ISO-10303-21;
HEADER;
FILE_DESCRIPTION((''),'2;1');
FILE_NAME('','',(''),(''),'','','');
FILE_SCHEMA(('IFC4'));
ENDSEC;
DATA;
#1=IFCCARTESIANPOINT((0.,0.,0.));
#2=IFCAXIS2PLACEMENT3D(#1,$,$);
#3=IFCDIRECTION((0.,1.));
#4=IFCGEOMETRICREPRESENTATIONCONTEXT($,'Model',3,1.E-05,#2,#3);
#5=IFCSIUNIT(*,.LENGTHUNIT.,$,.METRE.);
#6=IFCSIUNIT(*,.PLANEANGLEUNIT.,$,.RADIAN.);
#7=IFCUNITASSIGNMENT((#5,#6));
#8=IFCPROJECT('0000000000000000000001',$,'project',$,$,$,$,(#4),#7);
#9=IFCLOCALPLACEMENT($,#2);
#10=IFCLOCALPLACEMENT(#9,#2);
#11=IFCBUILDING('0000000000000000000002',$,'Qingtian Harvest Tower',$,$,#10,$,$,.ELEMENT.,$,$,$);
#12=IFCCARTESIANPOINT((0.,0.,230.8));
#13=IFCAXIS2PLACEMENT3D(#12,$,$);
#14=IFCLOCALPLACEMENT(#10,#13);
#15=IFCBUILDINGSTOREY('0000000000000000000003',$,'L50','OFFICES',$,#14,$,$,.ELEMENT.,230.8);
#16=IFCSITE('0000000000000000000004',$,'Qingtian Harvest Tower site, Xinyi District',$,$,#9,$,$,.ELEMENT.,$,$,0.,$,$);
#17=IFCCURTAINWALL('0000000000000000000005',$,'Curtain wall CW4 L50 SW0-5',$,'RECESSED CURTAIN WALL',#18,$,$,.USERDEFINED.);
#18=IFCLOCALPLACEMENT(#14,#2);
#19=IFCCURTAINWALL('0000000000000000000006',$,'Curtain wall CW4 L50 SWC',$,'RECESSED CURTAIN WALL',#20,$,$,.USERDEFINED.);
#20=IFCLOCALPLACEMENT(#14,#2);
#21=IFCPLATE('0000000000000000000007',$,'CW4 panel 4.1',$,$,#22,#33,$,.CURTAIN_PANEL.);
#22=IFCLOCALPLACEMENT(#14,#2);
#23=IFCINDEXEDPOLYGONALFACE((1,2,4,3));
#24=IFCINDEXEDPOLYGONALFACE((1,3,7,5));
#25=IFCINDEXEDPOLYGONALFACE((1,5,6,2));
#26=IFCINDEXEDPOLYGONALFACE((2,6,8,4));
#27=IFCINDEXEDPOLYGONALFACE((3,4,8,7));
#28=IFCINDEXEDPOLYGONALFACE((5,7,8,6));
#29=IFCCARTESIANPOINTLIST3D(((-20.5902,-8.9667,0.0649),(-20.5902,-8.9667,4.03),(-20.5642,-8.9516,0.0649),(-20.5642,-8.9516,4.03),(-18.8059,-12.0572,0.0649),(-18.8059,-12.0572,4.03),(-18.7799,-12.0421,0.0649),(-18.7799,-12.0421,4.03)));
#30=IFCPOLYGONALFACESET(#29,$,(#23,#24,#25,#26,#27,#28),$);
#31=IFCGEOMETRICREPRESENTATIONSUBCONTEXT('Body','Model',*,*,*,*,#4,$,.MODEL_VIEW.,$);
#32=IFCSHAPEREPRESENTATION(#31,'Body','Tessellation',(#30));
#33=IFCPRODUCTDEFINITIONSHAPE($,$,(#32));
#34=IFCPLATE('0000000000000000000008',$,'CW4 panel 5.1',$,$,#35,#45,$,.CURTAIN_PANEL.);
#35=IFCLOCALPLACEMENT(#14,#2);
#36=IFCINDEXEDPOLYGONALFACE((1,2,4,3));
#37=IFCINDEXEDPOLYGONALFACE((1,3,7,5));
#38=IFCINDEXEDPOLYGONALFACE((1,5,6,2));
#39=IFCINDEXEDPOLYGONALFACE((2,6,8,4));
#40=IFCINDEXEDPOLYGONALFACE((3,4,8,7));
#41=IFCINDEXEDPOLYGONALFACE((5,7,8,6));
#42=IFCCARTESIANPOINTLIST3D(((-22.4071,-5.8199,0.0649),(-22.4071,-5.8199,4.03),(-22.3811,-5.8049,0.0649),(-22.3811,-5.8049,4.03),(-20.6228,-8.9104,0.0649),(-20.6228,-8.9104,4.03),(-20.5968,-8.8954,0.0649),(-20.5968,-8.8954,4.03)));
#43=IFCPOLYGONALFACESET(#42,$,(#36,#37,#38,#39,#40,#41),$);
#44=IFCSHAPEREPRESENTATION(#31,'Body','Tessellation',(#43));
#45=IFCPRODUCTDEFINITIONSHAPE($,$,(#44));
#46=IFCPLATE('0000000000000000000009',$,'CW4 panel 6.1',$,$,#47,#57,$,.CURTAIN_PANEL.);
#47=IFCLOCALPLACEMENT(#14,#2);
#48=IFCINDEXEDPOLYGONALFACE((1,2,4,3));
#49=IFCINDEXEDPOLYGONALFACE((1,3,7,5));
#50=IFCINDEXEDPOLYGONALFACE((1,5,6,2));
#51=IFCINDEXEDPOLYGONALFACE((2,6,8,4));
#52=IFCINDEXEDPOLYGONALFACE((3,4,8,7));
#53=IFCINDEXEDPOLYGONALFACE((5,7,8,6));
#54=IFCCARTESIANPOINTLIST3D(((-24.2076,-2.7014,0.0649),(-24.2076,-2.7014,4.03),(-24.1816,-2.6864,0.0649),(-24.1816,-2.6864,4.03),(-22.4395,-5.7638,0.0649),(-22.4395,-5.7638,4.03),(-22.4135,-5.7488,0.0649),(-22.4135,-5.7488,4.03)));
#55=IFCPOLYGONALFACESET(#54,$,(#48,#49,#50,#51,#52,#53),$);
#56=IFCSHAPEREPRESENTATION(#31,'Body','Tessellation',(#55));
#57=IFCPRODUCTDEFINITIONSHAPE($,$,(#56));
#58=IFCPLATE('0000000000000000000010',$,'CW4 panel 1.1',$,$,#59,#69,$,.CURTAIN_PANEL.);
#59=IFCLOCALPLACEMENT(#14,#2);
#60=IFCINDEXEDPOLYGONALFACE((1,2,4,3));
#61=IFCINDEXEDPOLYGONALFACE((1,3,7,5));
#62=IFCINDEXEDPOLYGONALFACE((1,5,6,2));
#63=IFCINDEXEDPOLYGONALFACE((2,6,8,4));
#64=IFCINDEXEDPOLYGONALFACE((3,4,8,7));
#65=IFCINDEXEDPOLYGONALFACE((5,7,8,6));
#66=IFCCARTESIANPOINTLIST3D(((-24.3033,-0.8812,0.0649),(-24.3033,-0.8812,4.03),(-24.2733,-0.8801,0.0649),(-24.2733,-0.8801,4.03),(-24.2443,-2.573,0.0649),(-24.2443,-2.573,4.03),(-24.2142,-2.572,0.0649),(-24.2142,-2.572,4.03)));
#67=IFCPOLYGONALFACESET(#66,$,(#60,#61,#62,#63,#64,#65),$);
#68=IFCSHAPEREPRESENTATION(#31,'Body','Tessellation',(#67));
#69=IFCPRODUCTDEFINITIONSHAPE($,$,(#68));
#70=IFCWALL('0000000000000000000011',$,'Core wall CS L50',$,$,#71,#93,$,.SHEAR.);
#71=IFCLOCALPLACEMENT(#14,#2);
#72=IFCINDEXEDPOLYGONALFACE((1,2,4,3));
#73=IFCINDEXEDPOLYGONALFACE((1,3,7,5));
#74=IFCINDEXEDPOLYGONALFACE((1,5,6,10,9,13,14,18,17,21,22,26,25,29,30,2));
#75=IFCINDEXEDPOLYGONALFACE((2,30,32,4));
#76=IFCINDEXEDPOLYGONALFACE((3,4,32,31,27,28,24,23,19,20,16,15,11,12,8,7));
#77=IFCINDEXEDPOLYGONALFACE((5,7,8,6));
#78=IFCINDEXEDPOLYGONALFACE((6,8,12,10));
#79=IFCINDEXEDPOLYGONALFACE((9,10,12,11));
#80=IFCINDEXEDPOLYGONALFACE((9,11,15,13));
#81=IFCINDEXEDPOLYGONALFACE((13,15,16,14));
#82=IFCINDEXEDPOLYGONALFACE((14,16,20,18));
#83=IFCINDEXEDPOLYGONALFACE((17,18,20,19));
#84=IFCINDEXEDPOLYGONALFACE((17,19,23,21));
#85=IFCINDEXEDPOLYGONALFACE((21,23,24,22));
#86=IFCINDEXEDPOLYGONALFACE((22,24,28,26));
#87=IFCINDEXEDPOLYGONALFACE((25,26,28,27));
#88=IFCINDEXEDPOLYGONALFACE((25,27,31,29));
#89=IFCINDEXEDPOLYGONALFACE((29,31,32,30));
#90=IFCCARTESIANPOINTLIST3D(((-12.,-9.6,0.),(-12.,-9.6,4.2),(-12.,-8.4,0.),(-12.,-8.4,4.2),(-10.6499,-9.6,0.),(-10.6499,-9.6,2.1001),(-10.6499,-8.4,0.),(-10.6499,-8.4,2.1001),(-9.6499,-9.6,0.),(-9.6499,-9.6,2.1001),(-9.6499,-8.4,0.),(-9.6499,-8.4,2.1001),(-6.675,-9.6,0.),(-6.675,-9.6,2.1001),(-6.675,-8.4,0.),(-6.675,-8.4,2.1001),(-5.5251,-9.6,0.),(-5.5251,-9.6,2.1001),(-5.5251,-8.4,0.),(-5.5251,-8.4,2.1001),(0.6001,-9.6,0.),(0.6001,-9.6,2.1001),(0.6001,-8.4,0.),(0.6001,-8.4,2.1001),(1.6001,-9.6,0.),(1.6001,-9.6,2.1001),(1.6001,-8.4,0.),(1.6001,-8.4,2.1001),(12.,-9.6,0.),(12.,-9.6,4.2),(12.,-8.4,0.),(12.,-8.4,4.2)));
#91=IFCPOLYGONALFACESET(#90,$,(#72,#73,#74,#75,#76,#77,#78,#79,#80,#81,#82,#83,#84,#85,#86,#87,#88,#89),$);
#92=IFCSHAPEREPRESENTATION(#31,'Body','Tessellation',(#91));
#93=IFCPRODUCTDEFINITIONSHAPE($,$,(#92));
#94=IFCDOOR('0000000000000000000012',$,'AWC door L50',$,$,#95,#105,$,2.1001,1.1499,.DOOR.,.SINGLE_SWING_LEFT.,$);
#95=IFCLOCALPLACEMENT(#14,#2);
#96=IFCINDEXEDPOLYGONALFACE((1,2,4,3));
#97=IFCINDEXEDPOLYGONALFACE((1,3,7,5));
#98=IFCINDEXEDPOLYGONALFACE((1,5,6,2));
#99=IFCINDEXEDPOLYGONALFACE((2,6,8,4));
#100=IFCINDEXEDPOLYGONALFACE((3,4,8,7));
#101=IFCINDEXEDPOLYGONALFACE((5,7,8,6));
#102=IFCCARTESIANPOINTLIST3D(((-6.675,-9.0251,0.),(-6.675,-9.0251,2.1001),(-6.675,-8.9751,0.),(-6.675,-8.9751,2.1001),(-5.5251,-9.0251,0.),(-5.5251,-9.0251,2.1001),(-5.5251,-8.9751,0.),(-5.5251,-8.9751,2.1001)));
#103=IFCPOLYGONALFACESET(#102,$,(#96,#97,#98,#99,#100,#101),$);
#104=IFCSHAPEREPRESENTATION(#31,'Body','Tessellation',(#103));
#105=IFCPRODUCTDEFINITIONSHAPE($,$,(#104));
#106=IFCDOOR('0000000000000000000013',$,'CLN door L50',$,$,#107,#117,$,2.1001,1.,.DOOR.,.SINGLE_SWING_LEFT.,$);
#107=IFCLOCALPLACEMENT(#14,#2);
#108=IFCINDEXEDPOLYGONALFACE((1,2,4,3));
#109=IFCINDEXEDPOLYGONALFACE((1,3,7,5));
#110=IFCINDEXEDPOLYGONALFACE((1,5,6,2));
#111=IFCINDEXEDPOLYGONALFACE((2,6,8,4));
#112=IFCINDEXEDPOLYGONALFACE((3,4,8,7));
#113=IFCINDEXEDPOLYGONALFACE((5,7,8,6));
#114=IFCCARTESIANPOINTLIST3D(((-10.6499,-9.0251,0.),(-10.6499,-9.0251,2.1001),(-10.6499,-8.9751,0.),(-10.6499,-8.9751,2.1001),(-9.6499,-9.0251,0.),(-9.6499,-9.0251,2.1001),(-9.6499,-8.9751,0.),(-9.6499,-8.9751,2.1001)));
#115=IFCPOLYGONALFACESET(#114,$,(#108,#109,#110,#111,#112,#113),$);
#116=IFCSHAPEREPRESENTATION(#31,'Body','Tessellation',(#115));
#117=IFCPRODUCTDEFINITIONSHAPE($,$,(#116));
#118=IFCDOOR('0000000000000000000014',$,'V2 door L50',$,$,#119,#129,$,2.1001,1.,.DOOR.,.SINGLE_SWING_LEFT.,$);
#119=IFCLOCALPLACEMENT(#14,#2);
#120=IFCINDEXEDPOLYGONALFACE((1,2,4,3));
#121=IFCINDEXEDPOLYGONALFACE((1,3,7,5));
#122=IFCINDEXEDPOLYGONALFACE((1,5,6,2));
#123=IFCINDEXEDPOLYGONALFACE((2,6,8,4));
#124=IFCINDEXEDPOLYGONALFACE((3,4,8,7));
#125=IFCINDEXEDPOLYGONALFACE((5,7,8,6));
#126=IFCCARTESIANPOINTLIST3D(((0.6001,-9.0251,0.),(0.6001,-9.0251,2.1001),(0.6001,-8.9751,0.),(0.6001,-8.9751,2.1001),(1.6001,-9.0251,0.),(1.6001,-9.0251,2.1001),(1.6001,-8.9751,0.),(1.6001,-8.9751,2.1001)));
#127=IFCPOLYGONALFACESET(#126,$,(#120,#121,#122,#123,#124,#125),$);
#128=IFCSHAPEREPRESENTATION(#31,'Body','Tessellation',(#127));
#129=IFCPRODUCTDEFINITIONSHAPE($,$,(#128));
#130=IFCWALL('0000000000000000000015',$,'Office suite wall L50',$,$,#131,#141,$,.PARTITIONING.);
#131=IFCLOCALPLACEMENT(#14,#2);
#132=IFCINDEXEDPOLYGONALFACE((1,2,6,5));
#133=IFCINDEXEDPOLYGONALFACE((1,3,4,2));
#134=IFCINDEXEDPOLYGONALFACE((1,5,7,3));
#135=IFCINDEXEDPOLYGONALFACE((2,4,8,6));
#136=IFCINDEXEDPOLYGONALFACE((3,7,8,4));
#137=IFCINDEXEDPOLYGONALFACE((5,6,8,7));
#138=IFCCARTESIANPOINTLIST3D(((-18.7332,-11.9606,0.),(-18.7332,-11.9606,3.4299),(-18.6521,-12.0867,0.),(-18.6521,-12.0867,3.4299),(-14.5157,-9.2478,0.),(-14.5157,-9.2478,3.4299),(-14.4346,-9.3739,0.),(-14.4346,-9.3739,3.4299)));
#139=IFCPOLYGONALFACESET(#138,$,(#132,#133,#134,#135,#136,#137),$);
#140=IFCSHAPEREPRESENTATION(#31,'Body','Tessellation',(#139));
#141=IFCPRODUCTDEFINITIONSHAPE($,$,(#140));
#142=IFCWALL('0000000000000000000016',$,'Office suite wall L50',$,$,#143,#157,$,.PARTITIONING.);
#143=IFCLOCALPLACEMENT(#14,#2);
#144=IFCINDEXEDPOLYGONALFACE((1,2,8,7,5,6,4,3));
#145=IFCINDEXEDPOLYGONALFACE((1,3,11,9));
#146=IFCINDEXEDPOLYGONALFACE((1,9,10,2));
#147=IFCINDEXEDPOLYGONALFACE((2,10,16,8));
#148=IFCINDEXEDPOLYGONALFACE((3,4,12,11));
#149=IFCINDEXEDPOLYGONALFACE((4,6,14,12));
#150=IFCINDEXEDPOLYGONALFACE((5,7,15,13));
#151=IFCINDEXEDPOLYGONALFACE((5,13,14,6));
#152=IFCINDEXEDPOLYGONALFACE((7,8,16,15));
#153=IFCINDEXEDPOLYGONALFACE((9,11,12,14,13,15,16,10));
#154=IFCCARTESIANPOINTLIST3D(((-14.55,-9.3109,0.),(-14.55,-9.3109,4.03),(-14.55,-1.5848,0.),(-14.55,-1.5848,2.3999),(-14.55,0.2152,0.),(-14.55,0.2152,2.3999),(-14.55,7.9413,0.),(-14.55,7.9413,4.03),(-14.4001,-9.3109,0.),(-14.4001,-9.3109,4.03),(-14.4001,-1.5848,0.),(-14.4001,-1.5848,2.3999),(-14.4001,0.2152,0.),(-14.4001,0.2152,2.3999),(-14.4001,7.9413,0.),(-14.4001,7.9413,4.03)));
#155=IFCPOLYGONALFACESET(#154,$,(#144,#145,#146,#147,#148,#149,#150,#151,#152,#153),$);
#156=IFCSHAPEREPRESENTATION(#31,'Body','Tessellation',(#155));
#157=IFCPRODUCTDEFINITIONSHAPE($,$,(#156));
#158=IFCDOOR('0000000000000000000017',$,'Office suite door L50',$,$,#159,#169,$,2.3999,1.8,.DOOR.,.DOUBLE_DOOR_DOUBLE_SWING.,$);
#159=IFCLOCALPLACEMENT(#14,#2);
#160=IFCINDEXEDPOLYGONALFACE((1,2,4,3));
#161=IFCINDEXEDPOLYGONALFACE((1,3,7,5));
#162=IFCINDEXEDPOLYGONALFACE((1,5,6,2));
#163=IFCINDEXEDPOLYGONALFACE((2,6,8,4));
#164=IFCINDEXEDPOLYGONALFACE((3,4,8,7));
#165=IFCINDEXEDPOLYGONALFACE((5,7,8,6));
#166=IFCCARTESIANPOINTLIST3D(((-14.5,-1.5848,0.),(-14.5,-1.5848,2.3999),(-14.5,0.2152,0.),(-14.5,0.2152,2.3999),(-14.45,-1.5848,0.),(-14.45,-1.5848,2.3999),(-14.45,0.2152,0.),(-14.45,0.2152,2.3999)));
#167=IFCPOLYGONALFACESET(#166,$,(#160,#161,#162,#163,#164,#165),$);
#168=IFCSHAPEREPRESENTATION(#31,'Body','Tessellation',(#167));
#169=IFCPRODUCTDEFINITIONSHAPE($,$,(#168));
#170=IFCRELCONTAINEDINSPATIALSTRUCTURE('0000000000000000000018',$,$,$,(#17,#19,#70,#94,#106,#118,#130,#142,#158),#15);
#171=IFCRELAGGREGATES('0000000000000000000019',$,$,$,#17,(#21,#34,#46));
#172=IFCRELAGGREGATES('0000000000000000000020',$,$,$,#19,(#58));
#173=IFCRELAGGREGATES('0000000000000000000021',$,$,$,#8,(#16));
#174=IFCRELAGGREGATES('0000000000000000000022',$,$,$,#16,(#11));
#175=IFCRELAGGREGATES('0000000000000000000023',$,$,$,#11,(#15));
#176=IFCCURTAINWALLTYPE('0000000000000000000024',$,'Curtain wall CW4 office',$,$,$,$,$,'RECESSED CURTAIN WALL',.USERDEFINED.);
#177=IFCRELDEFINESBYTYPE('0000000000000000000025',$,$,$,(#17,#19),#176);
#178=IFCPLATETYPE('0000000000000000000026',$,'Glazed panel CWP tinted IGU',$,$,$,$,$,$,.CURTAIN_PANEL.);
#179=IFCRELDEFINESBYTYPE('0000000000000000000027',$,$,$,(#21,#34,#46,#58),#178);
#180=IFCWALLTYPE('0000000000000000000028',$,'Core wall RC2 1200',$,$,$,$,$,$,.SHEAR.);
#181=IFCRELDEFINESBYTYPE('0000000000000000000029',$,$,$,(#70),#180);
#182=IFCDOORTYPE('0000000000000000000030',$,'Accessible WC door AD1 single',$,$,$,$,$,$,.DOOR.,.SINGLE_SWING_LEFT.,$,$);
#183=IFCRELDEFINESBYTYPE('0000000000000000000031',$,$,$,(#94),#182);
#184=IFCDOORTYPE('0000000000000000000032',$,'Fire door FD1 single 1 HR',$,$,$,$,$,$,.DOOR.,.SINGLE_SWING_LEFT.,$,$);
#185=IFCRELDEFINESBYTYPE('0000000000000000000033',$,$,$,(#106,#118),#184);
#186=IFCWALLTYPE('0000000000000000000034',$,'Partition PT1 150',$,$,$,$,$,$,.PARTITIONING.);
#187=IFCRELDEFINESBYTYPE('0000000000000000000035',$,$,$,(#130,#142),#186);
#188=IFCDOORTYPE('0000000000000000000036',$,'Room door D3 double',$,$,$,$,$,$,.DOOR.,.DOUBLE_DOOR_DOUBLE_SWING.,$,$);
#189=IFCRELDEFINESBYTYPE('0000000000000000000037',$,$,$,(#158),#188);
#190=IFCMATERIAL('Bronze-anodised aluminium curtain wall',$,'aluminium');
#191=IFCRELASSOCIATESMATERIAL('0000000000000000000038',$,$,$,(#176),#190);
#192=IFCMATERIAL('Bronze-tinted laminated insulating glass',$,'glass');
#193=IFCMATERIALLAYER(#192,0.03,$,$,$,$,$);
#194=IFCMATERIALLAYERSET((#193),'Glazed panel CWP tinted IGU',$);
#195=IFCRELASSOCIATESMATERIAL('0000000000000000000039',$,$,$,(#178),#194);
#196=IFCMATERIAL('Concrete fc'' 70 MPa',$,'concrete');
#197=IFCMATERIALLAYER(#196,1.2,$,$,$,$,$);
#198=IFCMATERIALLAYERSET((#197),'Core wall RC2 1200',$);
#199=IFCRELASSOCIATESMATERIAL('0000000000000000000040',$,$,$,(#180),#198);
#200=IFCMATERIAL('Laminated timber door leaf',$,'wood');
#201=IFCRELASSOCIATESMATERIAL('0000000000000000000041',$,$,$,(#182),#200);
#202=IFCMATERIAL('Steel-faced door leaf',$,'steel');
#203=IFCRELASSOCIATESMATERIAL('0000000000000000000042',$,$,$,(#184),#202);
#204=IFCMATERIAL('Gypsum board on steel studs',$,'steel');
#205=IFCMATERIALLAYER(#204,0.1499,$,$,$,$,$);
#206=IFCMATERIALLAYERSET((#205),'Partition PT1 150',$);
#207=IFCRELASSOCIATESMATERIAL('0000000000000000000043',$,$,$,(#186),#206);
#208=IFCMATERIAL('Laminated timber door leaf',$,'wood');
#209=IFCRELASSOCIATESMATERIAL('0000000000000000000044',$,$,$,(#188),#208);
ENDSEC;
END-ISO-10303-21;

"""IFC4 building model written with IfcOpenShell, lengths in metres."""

from ifc_helpers import new_model, si_unit, direction, frame, frame_2d, origin, origin_2d, place, context, subcontext, project, spatial, rectangle, extrude, material, layer, layer_set, type_object, element, fill, aggregate, save


model = new_model("IFC4")

# Units and contexts
model_context = context("Model", 3, precision=1e-05, world=origin(), true_north=direction((0.0, 1.0)))
body_context = subcontext(model_context, "Body", "Model", "MODEL_VIEW")
ifc_project = project(units=[si_unit("LENGTHUNIT", "METRE"), si_unit("PLANEANGLEUNIT", "RADIAN")], contexts=[model_context])

# Site, building, storey
site_placement = place(None, origin())
site = spatial("IfcSite", under=ifc_project, at=site_placement, Name="Qingtian Harvest Tower site, Xinyi District", CompositionType="ELEMENT", RefElevation=0.0)
building_placement = place(site_placement, origin())
building = spatial("IfcBuilding", under=site, at=building_placement, Name="Qingtian Harvest Tower", CompositionType="ELEMENT")
storey_placement = place(building_placement, frame((0.0, 0.0, 230.8)))
storey = spatial("IfcBuildingStorey", under=building, at=storey_placement, Name="L50", Description="OFFICES", CompositionType="ELEMENT", Elevation=230.8)

# Curtain walls
ifc_material_1 = material(Name="Bronze-anodised aluminium curtain wall", Category="aluminium")
curtain_wall_type = type_object("IfcCurtainWallType", Name="Curtain wall CW4 office", ElementType="RECESSED CURTAIN WALL", PredefinedType="USERDEFINED", material=ifc_material_1)
curtain_wall_1_placement = place(storey_placement, origin())
curtain_wall_1 = element("IfcCurtainWall", 1, at=curtain_wall_1_placement, inside=storey, type_object=curtain_wall_type, Name="Curtain wall CW4 L50 SW0-5", ObjectType="RECESSED CURTAIN WALL", PredefinedType="USERDEFINED")
curtain_wall_2_placement = place(storey_placement, origin())
curtain_wall_2 = element("IfcCurtainWall", 2, at=curtain_wall_2_placement, inside=storey, type_object=curtain_wall_type, Name="Curtain wall CW4 L50 SWC", ObjectType="RECESSED CURTAIN WALL", PredefinedType="USERDEFINED")

# Plates
ifc_material_2 = material(Name="Bronze-tinted laminated insulating glass", Category="glass")
ifc_layer_1 = layer(ifc_material_2, 0.03)
ifc_layer_set_1 = layer_set([ifc_layer_1], Name="Glazed panel CWP tinted IGU")
plate_type = type_object("IfcPlateType", Name="Glazed panel CWP tinted IGU", PredefinedType="CURTAIN_PANEL", material=ifc_layer_set_1)
plate_1_placement = place(storey_placement, frame((-19.6851, -10.5044, 0.0649), z_axis=(0.0, 0.0, 1.0), x_axis=(-0.5, 0.866025, 0.0)))
plate_1 = element("IfcPlate", 3, at=plate_1_placement, type_object=plate_type, Name="CW4 panel 4.1", PredefinedType="CURTAIN_PANEL", context=body_context, shape_type="SweptSolid", body=[
    extrude(rectangle(XDim=3.5686, YDim=0.03, at=origin_2d()), origin(), (0.0, 0.0, 1.0), 3.9651),
])
plate_2_placement = place(storey_placement, frame((-21.502, -7.3577, 0.0649), z_axis=(0.0, 0.0, 1.0), x_axis=(-0.5, 0.866025, 0.0)))
plate_2 = element("IfcPlate", 4, at=plate_2_placement, type_object=plate_type, Name="CW4 panel 5.1", PredefinedType="CURTAIN_PANEL", context=body_context, shape_type="SweptSolid", body=[
    extrude(rectangle(XDim=3.5686, YDim=0.03, at=origin_2d()), origin(), (0.0, 0.0, 1.0), 3.9651),
])
plate_3_placement = place(storey_placement, frame((-23.3105, -4.2251, 0.0649), z_axis=(0.0, 0.0, 1.0), x_axis=(-0.5, 0.866025, 0.0)))
plate_3 = element("IfcPlate", 5, at=plate_3_placement, type_object=plate_type, Name="CW4 panel 6.1", PredefinedType="CURTAIN_PANEL", context=body_context, shape_type="SweptSolid", body=[
    extrude(rectangle(XDim=3.5361, YDim=0.03, at=origin_2d()), origin(), (0.0, 0.0, 1.0), 3.9651),
])
aggregate(curtain_wall_1, [plate_1, plate_2, plate_3])
plate_4_placement = place(storey_placement, frame((-24.2588, -1.7266, 0.0649), z_axis=(0.0, 0.0, 1.0), x_axis=(-0.034899, 0.999391, 0.0)))
plate_4 = element("IfcPlate", 6, at=plate_4_placement, type_object=plate_type, Name="CW4 panel 1.1", PredefinedType="CURTAIN_PANEL", context=body_context, shape_type="SweptSolid", body=[
    extrude(rectangle(XDim=1.6929, YDim=0.03, at=origin_2d()), origin(), (0.0, 0.0, 1.0), 3.9651),
])
aggregate(curtain_wall_2, [plate_4])

# Wall, openings, doors
ifc_material_3 = material(Name="Concrete fc' 70 MPa", Category="concrete")
ifc_layer_2 = layer(ifc_material_3, 1.2)
ifc_layer_set_2 = layer_set([ifc_layer_2], Name="Core wall RC2 1200")
wall_type_1 = type_object("IfcWallType", Name="Core wall RC2 1200", PredefinedType="SHEAR", material=ifc_layer_set_2)
wall_1_placement = place(storey_placement, frame((-12.0, -9.0, 0.0), z_axis=(0.0, 0.0, 1.0), x_axis=(1.0, 0.0, 0.0)))
wall_1 = element("IfcWall", 7, at=wall_1_placement, inside=storey, type_object=wall_type_1, Name="Core wall CS L50", PredefinedType="SHEAR", context=body_context, shape_type="SweptSolid", body=[
    extrude(rectangle(XDim=24.0, YDim=1.2, at=frame_2d((12.0, 0.0))), origin(), (0.0, 0.0, 1.0), 4.2),
])
opening_1_placement = place(wall_1_placement, frame((1.3501, 0.0, 0.0)))
opening_1 = element("IfcOpeningElement", 8, at=opening_1_placement, cuts=wall_1, PredefinedType="OPENING", context=body_context, shape_type="SweptSolid", body=[
    extrude(rectangle(XDim=1.0, YDim=2.1001, at=frame_2d((0.5, 1.05))), frame((0.0, 0.6099, 0.0), z_axis=(0.0, -1.0, 0.0), x_axis=(1.0, 0.0, 0.0)), (0.0, 0.0, 1.0), 1.22),
])
opening_2_placement = place(wall_1_placement, frame((5.325, 0.0, 0.0)))
opening_2 = element("IfcOpeningElement", 9, at=opening_2_placement, cuts=wall_1, PredefinedType="OPENING", context=body_context, shape_type="SweptSolid", body=[
    extrude(rectangle(XDim=1.1499, YDim=2.1001, at=frame_2d((0.575, 1.05))), frame((0.0, 0.6099, 0.0), z_axis=(0.0, -1.0, 0.0), x_axis=(1.0, 0.0, 0.0)), (0.0, 0.0, 1.0), 1.22),
])
opening_3_placement = place(wall_1_placement, frame((12.6001, 0.0, 0.0)))
opening_3 = element("IfcOpeningElement", 10, at=opening_3_placement, cuts=wall_1, PredefinedType="OPENING", context=body_context, shape_type="SweptSolid", body=[
    extrude(rectangle(XDim=1.0, YDim=2.1001, at=frame_2d((0.5, 1.05))), frame((0.0, 0.6099, 0.0), z_axis=(0.0, -1.0, 0.0), x_axis=(1.0, 0.0, 0.0)), (0.0, 0.0, 1.0), 1.22),
])
ifc_material_4 = material(Name="Laminated timber door leaf", Category="wood")
door_type_1 = type_object("IfcDoorType", Name="Accessible WC door AD1 single", OperationType="SINGLE_SWING_LEFT", PredefinedType="DOOR", material=ifc_material_4)
door_1_placement = place(opening_2_placement, origin())
door_1 = element("IfcDoor", 11, at=door_1_placement, inside=storey, type_object=door_type_1, Name="AWC door L50", OperationType="SINGLE_SWING_LEFT", OverallHeight=2.1001, OverallWidth=1.1499, PredefinedType="DOOR", context=body_context, shape_type="SweptSolid", body=[
    extrude(rectangle(XDim=1.1499, YDim=2.1001, at=frame_2d((0.575, 1.05))), frame((0.0, 0.0249, 0.0), z_axis=(0.0, -1.0, 0.0), x_axis=(1.0, 0.0, 0.0)), (0.0, 0.0, 1.0), 0.05),
])
fill(opening_2, door_1)
ifc_material_5 = material(Name="Steel-faced door leaf", Category="steel")
door_type_2 = type_object("IfcDoorType", Name="Fire door FD1 single 1 HR", OperationType="SINGLE_SWING_LEFT", PredefinedType="DOOR", material=ifc_material_5)
door_2_placement = place(opening_1_placement, origin())
door_2 = element("IfcDoor", 12, at=door_2_placement, inside=storey, type_object=door_type_2, Name="CLN door L50", OperationType="SINGLE_SWING_LEFT", OverallHeight=2.1001, OverallWidth=1.0, PredefinedType="DOOR", context=body_context, shape_type="SweptSolid", body=[
    extrude(rectangle(XDim=1.0, YDim=2.1001, at=frame_2d((0.5, 1.05))), frame((0.0, 0.0249, 0.0), z_axis=(0.0, -1.0, 0.0), x_axis=(1.0, 0.0, 0.0)), (0.0, 0.0, 1.0), 0.05),
])
fill(opening_1, door_2)
door_3_placement = place(opening_3_placement, origin())
door_3 = element("IfcDoor", 13, at=door_3_placement, inside=storey, type_object=door_type_2, Name="V2 door L50", OperationType="SINGLE_SWING_LEFT", OverallHeight=2.1001, OverallWidth=1.0, PredefinedType="DOOR", context=body_context, shape_type="SweptSolid", body=[
    extrude(rectangle(XDim=1.0, YDim=2.1001, at=frame_2d((0.5, 1.05))), frame((0.0, 0.0249, 0.0), z_axis=(0.0, -1.0, 0.0), x_axis=(1.0, 0.0, 0.0)), (0.0, 0.0, 1.0), 0.05),
])
fill(opening_3, door_3)

# Wall
ifc_material_6 = material(Name="Gypsum board on steel studs", Category="steel")
ifc_layer_3 = layer(ifc_material_6, 0.1499)
ifc_layer_set_3 = layer_set([ifc_layer_3], Name="Partition PT1 150")
wall_type_2 = type_object("IfcWallType", Name="Partition PT1 150", PredefinedType="PARTITIONING", material=ifc_layer_set_3)
wall_2_placement = place(storey_placement, frame((-18.6926, -12.0237, 0.0), z_axis=(0.0, 0.0, 1.0), x_axis=(0.841031, 0.540986, 0.0)))
element("IfcWall", 14, at=wall_2_placement, inside=storey, type_object=wall_type_2, Name="Office suite wall L50", PredefinedType="PARTITIONING", context=body_context, shape_type="SweptSolid", body=[
    extrude(rectangle(XDim=5.0146, YDim=0.1499, at=frame_2d((2.5073, 0.0))), origin(), (0.0, 0.0, 1.0), 3.4299),
])

# Wall, opening, door
wall_3_placement = place(storey_placement, frame((-14.4751, -9.3108, 0.0), z_axis=(0.0, 0.0, 1.0), x_axis=(0.0, 1.0, 0.0)))
wall_3 = element("IfcWall", 15, at=wall_3_placement, inside=storey, type_object=wall_type_2, Name="Office suite wall L50", PredefinedType="PARTITIONING", context=body_context, shape_type="SweptSolid", body=[
    extrude(rectangle(XDim=17.2522, YDim=0.1499, at=frame_2d((8.626, 0.0))), origin(), (0.0, 0.0, 1.0), 4.03),
])
opening_4_placement = place(wall_3_placement, frame((7.7261, 0.0, 0.0)))
opening_4 = element("IfcOpeningElement", 16, at=opening_4_placement, cuts=wall_3, PredefinedType="OPENING", context=body_context, shape_type="SweptSolid", body=[
    extrude(rectangle(XDim=1.8, YDim=2.3999, at=frame_2d((0.8999, 1.2))), frame((0.0, 0.085, 0.0), z_axis=(0.0, -1.0, 0.0), x_axis=(1.0, 0.0, 0.0)), (0.0, 0.0, 1.0), 0.1699),
])
ifc_material_7 = material(Name="Laminated timber door leaf", Category="wood")
door_type_3 = type_object("IfcDoorType", Name="Room door D3 double", OperationType="DOUBLE_DOOR_DOUBLE_SWING", PredefinedType="DOOR", material=ifc_material_7)
door_4_placement = place(opening_4_placement, origin())
door_4 = element("IfcDoor", 17, at=door_4_placement, inside=storey, type_object=door_type_3, Name="Office suite door L50", OperationType="DOUBLE_DOOR_DOUBLE_SWING", OverallHeight=2.3999, OverallWidth=1.8, PredefinedType="DOOR", context=body_context, shape_type="SweptSolid", body=[
    extrude(rectangle(XDim=1.8, YDim=2.3999, at=frame_2d((0.8999, 1.2))), frame((0.0, 0.0249, 0.0), z_axis=(0.0, -1.0, 0.0), x_axis=(1.0, 0.0, 0.0)), (0.0, 0.0, 1.0), 0.05),
])
fill(opening_4, door_4)

save(model, "model.ifc")
